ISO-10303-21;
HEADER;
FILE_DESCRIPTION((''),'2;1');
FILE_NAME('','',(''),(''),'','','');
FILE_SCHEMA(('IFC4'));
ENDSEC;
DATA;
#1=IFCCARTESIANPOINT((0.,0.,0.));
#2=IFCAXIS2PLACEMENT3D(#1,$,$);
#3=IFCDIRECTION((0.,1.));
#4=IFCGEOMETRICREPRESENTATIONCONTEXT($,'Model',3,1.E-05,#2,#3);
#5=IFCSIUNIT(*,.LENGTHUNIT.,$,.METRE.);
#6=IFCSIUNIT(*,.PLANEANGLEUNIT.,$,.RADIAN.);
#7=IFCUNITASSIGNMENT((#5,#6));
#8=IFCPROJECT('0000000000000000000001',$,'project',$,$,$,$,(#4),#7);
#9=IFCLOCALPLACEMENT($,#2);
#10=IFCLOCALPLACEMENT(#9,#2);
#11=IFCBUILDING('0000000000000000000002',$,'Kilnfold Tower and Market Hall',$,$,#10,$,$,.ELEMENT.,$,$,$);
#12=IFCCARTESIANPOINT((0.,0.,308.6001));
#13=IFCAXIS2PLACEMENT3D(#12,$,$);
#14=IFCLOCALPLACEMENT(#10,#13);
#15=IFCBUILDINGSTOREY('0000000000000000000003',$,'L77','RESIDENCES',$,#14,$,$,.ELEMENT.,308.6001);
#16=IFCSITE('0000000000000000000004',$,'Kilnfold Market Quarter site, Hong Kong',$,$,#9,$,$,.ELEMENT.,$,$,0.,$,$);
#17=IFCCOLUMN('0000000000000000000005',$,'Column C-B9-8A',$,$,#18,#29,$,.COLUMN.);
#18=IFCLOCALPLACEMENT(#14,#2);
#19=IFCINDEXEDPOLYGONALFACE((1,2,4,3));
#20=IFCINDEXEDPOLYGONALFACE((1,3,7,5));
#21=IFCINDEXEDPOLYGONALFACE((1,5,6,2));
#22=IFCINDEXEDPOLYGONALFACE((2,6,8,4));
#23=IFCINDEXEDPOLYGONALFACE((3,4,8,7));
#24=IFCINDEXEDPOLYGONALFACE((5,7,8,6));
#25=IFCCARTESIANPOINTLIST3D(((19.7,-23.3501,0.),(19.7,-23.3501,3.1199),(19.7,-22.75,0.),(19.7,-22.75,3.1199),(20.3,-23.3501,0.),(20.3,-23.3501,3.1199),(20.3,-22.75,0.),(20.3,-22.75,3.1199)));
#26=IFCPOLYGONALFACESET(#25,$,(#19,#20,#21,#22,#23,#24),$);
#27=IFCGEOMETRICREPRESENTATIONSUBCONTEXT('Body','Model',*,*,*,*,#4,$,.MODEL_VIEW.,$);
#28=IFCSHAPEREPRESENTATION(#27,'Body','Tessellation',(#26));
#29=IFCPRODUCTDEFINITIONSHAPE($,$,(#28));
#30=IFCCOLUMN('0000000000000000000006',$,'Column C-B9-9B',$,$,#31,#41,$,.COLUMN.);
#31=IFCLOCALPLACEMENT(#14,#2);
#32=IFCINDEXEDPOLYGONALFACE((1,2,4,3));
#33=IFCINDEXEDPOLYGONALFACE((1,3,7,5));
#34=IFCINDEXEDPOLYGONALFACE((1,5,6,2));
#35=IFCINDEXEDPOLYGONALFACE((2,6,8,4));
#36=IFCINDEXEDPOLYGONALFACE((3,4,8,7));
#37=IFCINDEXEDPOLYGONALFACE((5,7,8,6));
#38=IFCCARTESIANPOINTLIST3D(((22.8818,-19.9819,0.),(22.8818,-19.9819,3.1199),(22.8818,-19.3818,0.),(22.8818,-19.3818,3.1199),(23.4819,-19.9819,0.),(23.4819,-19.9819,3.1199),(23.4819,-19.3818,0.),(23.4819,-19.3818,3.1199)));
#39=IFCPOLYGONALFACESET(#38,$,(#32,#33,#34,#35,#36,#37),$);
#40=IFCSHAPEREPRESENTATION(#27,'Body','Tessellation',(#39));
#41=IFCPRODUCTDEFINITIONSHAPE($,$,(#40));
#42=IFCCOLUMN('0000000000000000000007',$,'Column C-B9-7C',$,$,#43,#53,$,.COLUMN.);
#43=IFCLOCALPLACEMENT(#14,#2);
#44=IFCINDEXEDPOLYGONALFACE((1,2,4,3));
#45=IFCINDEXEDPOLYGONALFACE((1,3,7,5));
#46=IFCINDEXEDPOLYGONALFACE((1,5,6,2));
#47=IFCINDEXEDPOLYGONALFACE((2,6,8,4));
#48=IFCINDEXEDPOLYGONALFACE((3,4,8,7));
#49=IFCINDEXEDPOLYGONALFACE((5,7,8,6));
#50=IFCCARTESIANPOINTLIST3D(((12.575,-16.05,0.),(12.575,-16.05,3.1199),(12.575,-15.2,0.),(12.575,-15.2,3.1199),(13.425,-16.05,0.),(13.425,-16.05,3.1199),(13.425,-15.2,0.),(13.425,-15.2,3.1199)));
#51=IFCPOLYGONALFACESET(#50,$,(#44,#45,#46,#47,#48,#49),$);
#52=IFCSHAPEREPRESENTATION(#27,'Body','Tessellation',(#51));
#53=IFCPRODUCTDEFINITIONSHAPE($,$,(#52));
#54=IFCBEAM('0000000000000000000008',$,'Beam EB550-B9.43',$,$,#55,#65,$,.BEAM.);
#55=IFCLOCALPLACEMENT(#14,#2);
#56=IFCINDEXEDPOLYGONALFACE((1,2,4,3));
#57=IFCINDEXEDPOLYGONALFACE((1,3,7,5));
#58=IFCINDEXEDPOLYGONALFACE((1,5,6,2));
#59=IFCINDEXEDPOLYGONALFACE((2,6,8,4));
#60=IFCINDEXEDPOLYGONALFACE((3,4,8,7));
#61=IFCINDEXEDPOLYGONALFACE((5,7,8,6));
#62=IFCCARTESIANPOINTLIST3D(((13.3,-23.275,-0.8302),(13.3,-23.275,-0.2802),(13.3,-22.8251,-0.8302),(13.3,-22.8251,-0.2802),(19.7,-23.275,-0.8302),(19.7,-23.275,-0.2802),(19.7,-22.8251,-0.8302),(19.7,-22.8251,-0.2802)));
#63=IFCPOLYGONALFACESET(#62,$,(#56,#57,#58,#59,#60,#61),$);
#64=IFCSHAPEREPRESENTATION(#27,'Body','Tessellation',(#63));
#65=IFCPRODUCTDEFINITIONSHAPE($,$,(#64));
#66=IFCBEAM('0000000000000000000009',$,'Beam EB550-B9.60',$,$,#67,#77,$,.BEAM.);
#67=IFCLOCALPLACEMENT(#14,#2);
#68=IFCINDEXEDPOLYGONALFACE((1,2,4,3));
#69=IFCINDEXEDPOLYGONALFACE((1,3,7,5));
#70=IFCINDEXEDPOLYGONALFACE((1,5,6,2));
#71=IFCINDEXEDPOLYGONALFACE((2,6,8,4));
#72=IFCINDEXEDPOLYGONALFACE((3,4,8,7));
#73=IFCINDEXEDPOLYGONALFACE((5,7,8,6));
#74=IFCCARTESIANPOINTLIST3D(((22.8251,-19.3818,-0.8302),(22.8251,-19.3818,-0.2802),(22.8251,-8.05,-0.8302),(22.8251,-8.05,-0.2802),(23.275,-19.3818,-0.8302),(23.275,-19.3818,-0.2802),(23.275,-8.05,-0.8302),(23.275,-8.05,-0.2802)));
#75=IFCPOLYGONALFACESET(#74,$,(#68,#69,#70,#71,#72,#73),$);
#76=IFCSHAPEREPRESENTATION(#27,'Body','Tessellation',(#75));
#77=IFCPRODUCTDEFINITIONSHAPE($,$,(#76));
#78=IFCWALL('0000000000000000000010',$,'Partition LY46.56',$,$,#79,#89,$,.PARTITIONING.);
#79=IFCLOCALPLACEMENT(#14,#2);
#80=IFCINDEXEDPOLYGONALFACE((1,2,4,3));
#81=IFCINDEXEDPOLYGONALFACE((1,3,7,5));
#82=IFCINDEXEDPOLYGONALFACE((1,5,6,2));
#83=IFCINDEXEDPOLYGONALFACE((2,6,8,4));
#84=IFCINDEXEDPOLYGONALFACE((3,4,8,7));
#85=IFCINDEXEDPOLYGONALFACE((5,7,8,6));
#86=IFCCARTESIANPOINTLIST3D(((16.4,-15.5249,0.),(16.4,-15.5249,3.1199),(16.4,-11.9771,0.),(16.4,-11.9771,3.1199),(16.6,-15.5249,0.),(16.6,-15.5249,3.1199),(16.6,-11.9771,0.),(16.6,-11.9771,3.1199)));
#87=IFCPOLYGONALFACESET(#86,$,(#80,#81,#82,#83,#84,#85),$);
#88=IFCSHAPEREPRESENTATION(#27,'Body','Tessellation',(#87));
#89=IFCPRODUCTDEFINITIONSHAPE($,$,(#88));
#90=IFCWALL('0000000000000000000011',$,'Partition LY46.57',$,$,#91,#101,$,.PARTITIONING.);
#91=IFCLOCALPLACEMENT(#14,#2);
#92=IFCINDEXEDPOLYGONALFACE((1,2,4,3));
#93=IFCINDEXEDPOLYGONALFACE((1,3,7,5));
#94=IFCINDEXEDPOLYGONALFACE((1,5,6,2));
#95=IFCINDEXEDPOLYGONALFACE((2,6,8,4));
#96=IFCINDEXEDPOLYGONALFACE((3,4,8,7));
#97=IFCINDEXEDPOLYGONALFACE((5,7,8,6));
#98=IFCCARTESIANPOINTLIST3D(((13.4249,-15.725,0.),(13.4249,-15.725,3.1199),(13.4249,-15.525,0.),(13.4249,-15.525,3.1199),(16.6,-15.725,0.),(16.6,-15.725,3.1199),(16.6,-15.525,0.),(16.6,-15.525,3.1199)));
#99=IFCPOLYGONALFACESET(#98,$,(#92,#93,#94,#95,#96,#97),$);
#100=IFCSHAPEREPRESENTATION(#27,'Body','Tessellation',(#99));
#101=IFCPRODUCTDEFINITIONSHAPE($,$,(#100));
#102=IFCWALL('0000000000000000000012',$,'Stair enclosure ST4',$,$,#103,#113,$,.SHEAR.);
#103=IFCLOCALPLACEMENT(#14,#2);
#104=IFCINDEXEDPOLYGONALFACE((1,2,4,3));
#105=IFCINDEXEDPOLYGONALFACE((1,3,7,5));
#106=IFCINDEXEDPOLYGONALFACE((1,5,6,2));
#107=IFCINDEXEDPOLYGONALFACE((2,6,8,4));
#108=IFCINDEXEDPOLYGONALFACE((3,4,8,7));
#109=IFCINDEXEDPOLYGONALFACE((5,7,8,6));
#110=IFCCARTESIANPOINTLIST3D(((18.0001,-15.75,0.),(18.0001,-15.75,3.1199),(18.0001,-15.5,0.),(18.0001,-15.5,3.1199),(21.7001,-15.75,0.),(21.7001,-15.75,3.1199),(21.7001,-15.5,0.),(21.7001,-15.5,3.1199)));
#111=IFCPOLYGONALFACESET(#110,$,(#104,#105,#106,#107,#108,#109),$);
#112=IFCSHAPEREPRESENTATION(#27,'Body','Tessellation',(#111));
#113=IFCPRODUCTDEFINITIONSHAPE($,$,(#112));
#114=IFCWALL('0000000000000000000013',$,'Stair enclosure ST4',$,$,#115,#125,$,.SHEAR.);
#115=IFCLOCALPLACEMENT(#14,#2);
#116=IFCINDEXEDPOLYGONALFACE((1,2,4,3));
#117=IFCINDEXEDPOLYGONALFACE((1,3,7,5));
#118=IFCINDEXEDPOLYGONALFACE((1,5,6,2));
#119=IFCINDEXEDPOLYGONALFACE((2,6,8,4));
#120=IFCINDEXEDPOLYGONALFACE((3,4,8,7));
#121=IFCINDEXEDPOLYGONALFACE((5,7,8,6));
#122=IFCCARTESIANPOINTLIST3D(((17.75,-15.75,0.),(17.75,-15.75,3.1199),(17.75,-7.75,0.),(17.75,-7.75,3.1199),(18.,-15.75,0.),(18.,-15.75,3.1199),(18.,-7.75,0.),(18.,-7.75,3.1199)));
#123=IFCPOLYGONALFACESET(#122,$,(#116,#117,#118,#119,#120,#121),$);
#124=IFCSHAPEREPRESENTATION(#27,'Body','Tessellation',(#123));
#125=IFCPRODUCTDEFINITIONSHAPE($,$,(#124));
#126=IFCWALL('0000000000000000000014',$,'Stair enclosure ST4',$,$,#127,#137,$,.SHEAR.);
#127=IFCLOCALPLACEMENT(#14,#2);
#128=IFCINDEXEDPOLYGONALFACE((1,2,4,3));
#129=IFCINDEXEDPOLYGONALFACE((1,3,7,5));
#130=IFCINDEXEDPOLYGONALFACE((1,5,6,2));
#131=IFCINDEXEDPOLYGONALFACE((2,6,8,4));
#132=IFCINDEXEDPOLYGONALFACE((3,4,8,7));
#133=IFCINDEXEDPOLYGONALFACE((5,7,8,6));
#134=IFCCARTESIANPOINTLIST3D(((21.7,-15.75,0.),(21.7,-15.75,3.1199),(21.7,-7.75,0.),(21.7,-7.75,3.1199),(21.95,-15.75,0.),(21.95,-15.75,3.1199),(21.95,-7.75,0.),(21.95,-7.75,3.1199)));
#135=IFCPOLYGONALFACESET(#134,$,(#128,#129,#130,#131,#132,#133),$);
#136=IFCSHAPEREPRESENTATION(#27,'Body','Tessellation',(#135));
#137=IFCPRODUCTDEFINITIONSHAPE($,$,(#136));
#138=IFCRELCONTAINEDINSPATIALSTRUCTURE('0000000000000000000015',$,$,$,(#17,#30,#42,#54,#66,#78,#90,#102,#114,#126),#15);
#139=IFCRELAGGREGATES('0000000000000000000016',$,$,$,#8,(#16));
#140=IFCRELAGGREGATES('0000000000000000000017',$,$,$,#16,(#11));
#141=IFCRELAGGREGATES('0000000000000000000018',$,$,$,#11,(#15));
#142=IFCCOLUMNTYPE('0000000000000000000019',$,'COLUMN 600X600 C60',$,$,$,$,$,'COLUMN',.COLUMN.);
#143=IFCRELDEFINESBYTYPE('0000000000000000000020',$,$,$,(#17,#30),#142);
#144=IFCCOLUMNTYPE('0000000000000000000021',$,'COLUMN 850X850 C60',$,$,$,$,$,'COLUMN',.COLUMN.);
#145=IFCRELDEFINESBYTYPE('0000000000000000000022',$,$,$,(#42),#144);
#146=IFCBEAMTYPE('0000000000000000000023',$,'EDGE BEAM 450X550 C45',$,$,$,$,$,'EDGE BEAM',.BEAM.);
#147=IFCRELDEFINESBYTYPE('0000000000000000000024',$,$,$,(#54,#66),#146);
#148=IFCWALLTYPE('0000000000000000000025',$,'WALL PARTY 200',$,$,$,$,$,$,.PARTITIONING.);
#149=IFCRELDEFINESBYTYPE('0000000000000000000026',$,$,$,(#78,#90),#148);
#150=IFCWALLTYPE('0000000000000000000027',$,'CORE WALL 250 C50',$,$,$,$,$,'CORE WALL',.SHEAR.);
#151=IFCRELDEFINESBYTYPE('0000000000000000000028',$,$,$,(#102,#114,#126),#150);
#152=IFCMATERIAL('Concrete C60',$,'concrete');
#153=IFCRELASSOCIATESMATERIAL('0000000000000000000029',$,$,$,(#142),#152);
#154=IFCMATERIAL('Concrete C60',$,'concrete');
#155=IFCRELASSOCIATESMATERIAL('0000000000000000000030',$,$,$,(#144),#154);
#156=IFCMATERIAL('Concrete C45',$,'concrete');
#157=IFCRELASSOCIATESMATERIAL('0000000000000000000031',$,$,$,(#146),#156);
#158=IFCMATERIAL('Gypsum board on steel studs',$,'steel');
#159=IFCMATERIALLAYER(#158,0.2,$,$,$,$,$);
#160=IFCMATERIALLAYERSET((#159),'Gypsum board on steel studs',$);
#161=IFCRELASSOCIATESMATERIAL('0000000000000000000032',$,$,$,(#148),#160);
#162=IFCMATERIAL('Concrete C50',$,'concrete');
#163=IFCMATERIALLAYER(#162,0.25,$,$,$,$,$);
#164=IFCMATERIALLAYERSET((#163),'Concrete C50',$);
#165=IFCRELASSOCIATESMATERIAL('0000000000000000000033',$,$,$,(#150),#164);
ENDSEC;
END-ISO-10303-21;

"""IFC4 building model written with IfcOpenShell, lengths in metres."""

from ifc_helpers import new_model, si_unit, direction, frame, frame_2d, origin, origin_2d, place, context, subcontext, project, spatial, rectangle, extrude, source, transform, mapped, material, layer, layer_set, material_profile, profile_set, type_object, element, save


model = new_model("IFC4")

# Units and contexts
model_context = context("Model", 3, precision=1e-05, world=origin(), true_north=direction((0.0, 1.0)))
body_context = subcontext(model_context, "Body", "Model", "MODEL_VIEW")
ifc_project = project(units=[si_unit("LENGTHUNIT", "METRE"), si_unit("PLANEANGLEUNIT", "RADIAN")], contexts=[model_context])

# Site, building, storey
site_placement = place(None, origin())
site = spatial("IfcSite", under=ifc_project, at=site_placement, Name="Kilnfold Market Quarter site, Hong Kong", CompositionType="ELEMENT", RefElevation=0.0)
building_placement = place(site_placement, origin())
building = spatial("IfcBuilding", under=site, at=building_placement, Name="Kilnfold Tower and Market Hall", CompositionType="ELEMENT")
storey_placement = place(building_placement, frame((0.0, 0.0, 308.6001)))
storey = spatial("IfcBuildingStorey", under=building, at=storey_placement, Name="L77", Description="RESIDENCES", CompositionType="ELEMENT", Elevation=308.6001)

# Columns
ifc_material_1 = material(Name="Concrete C60", Category="concrete")
ifc_material_profile_1 = material_profile(ifc_material_1, rectangle(XDim=0.6001, YDim=0.6001, at=origin_2d()), Name="RC 600x600")
ifc_profile_set_1 = profile_set([ifc_material_profile_1], Name="Concrete C60")
column_type_1 = type_object("IfcColumnType", Name="COLUMN 600X600 C60", ElementType="COLUMN", PredefinedType="COLUMN", material=ifc_profile_set_1)
shared_shape_1 = source(origin(), body_context, "Body", "SweptSolid", [
    extrude(rectangle(XDim=0.6001, YDim=0.6001, at=origin_2d()), origin(), (0.0, 0.0, 1.0), 3.1199),
])
for number, where, z_axis, x_axis, name in (
    (1, (20.0, -23.05, 0.0), (0.0, 0.0, 1.0), (1.0, 0.0, 0.0), "Column C-B9-8A"),
    (2, (23.1819, -19.6819, 0.0), (0.0, 0.0, 1.0), (1.0, 0.0, 0.0), "Column C-B9-9B"),
):
    element("IfcColumn", number, at=place(storey_placement, frame(where, z_axis=z_axis, x_axis=x_axis)), inside=storey, type_object=column_type_1, Name=name, PredefinedType="COLUMN", context=body_context, shape_type="MappedRepresentation", body=[
        mapped(shared_shape_1, transform((0.0, 0.0, 0.0))),
    ])
ifc_material_2 = material(Name="Concrete C60", Category="concrete")
ifc_material_profile_2 = material_profile(ifc_material_2, rectangle(XDim=0.8501, YDim=0.8501, at=origin_2d()), Name="RC 850x850")
ifc_profile_set_2 = profile_set([ifc_material_profile_2], Name="Concrete C60")
column_type_2 = type_object("IfcColumnType", Name="COLUMN 850X850 C60", ElementType="COLUMN", PredefinedType="COLUMN", material=ifc_profile_set_2)
shared_shape_2 = source(origin(), body_context, "Body", "SweptSolid", [
    extrude(rectangle(XDim=0.8501, YDim=0.8501, at=origin_2d()), origin(), (0.0, 0.0, 1.0), 3.1199),
])
column_placement = place(storey_placement, frame((13.0, -15.625, 0.0), z_axis=(0.0, 0.0, 1.0), x_axis=(1.0, 0.0, 0.0)))
element("IfcColumn", 3, at=column_placement, inside=storey, type_object=column_type_2, Name="Column C-B9-7C", PredefinedType="COLUMN", context=body_context, shape_type="MappedRepresentation", body=[
    mapped(shared_shape_2, transform((0.0, 0.0, 0.0))),
])

# Beams
ifc_material_3 = material(Name="Concrete C45", Category="concrete")
ifc_material_profile_3 = material_profile(ifc_material_3, rectangle(XDim=0.45, YDim=0.55, at=origin_2d()), Name="RC 450x550")
ifc_profile_set_3 = profile_set([ifc_material_profile_3], Name="Concrete C45")
beam_type = type_object("IfcBeamType", Name="EDGE BEAM 450X550 C45", ElementType="EDGE BEAM", PredefinedType="BEAM", material=ifc_profile_set_3)
shared_shape_3 = source(origin(), body_context, "Body", "SweptSolid", [
    extrude(rectangle(XDim=0.45, YDim=0.55, at=origin_2d()), origin(), (0.0, 0.0, 1.0), 6.3999),
])
beam_1_placement = place(storey_placement, frame((13.3, -23.05, -0.5552), z_axis=(1.0, 0.0, 0.0), x_axis=(0.0, 1.0, 0.0)))
element("IfcBeam", 4, at=beam_1_placement, inside=storey, type_object=beam_type, Name="Beam EB550-B9.43", PredefinedType="BEAM", context=body_context, shape_type="MappedRepresentation", body=[
    mapped(shared_shape_3, transform((0.0, 0.0, 0.0))),
])
shared_shape_4 = source(origin(), body_context, "Body", "SweptSolid", [
    extrude(rectangle(XDim=0.45, YDim=0.55, at=origin_2d()), origin(), (0.0, 0.0, 1.0), 11.3318),
])
beam_2_placement = place(storey_placement, frame((23.05, -19.3818, -0.5552), z_axis=(0.0, 1.0, 0.0), x_axis=(-1.0, 0.0, 0.0)))
element("IfcBeam", 5, at=beam_2_placement, inside=storey, type_object=beam_type, Name="Beam EB550-B9.60", PredefinedType="BEAM", context=body_context, shape_type="MappedRepresentation", body=[
    mapped(shared_shape_4, transform((0.0, 0.0, 0.0))),
])

# Walls
ifc_material_4 = material(Name="Gypsum board on steel studs", Category="steel")
ifc_layer_1 = layer(ifc_material_4, 0.2)
ifc_layer_set_1 = layer_set([ifc_layer_1], Name="Gypsum board on steel studs")
wall_type_1 = type_object("IfcWallType", Name="WALL PARTY 200", PredefinedType="PARTITIONING", material=ifc_layer_set_1)
wall_1_placement = place(storey_placement, frame((16.5, -15.5249, 0.0), z_axis=(0.0, 0.0, 1.0), x_axis=(0.0, 1.0, 0.0)))
element("IfcWall", 6, at=wall_1_placement, inside=storey, type_object=wall_type_1, Name="Partition LY46.56", PredefinedType="PARTITIONING", context=body_context, shape_type="SweptSolid", body=[
    extrude(rectangle(XDim=3.5479, YDim=0.2, at=frame_2d((1.7739, 0.0))), origin(), (0.0, 0.0, 1.0), 3.1199),
])
wall_2_placement = place(storey_placement, frame((13.425, -15.625, 0.0), z_axis=(0.0, 0.0, 1.0), x_axis=(1.0, 0.0, 0.0)))
element("IfcWall", 7, at=wall_2_placement, inside=storey, type_object=wall_type_1, Name="Partition LY46.57", PredefinedType="PARTITIONING", context=body_context, shape_type="SweptSolid", body=[
    extrude(rectangle(XDim=3.175, YDim=0.2, at=frame_2d((1.5874, 0.0))), origin(), (0.0, 0.0, 1.0), 3.1199),
])
ifc_material_5 = material(Name="Concrete C50", Category="concrete")
ifc_layer_2 = layer(ifc_material_5, 0.25)
ifc_layer_set_2 = layer_set([ifc_layer_2], Name="Concrete C50")
wall_type_2 = type_object("IfcWallType", Name="CORE WALL 250 C50", ElementType="CORE WALL", PredefinedType="SHEAR", material=ifc_layer_set_2)
shared_shape_5 = source(origin(), body_context, "Body", "SweptSolid", [
    extrude(rectangle(XDim=3.7, YDim=0.25, at=frame_2d((1.8501, 0.0))), origin(), (0.0, 0.0, 1.0), 3.1199),
])
wall_3_placement = place(storey_placement, frame((18.0, -15.625, 0.0), z_axis=(0.0, 0.0, 1.0), x_axis=(1.0, 0.0, 0.0)))
element("IfcWall", 8, at=wall_3_placement, inside=storey, type_object=wall_type_2, Name="Stair enclosure ST4", PredefinedType="SHEAR", context=body_context, shape_type="MappedRepresentation", body=[
    mapped(shared_shape_5, transform((0.0, 0.0, 0.0))),
])
shared_shape_6 = source(origin(), body_context, "Body", "SweptSolid", [
    extrude(rectangle(XDim=8.0, YDim=0.25, at=frame_2d((4.0, 0.0))), origin(), (0.0, 0.0, 1.0), 3.1199),
])
for number, where, z_axis, x_axis, name in (
    (9, (17.875, -15.75, 0.0), (0.0, 0.0, 1.0), (0.0, 1.0, 0.0), "Stair enclosure ST4"),
    (10, (21.825, -15.75, 0.0), (0.0, 0.0, 1.0), (0.0, 1.0, 0.0), "Stair enclosure ST4"),
):
    element("IfcWall", number, at=place(storey_placement, frame(where, z_axis=z_axis, x_axis=x_axis)), inside=storey, type_object=wall_type_2, Name=name, PredefinedType="SHEAR", context=body_context, shape_type="MappedRepresentation", body=[
        mapped(shared_shape_6, transform((0.0, 0.0, 0.0))),
    ])

save(model, "model.ifc")
